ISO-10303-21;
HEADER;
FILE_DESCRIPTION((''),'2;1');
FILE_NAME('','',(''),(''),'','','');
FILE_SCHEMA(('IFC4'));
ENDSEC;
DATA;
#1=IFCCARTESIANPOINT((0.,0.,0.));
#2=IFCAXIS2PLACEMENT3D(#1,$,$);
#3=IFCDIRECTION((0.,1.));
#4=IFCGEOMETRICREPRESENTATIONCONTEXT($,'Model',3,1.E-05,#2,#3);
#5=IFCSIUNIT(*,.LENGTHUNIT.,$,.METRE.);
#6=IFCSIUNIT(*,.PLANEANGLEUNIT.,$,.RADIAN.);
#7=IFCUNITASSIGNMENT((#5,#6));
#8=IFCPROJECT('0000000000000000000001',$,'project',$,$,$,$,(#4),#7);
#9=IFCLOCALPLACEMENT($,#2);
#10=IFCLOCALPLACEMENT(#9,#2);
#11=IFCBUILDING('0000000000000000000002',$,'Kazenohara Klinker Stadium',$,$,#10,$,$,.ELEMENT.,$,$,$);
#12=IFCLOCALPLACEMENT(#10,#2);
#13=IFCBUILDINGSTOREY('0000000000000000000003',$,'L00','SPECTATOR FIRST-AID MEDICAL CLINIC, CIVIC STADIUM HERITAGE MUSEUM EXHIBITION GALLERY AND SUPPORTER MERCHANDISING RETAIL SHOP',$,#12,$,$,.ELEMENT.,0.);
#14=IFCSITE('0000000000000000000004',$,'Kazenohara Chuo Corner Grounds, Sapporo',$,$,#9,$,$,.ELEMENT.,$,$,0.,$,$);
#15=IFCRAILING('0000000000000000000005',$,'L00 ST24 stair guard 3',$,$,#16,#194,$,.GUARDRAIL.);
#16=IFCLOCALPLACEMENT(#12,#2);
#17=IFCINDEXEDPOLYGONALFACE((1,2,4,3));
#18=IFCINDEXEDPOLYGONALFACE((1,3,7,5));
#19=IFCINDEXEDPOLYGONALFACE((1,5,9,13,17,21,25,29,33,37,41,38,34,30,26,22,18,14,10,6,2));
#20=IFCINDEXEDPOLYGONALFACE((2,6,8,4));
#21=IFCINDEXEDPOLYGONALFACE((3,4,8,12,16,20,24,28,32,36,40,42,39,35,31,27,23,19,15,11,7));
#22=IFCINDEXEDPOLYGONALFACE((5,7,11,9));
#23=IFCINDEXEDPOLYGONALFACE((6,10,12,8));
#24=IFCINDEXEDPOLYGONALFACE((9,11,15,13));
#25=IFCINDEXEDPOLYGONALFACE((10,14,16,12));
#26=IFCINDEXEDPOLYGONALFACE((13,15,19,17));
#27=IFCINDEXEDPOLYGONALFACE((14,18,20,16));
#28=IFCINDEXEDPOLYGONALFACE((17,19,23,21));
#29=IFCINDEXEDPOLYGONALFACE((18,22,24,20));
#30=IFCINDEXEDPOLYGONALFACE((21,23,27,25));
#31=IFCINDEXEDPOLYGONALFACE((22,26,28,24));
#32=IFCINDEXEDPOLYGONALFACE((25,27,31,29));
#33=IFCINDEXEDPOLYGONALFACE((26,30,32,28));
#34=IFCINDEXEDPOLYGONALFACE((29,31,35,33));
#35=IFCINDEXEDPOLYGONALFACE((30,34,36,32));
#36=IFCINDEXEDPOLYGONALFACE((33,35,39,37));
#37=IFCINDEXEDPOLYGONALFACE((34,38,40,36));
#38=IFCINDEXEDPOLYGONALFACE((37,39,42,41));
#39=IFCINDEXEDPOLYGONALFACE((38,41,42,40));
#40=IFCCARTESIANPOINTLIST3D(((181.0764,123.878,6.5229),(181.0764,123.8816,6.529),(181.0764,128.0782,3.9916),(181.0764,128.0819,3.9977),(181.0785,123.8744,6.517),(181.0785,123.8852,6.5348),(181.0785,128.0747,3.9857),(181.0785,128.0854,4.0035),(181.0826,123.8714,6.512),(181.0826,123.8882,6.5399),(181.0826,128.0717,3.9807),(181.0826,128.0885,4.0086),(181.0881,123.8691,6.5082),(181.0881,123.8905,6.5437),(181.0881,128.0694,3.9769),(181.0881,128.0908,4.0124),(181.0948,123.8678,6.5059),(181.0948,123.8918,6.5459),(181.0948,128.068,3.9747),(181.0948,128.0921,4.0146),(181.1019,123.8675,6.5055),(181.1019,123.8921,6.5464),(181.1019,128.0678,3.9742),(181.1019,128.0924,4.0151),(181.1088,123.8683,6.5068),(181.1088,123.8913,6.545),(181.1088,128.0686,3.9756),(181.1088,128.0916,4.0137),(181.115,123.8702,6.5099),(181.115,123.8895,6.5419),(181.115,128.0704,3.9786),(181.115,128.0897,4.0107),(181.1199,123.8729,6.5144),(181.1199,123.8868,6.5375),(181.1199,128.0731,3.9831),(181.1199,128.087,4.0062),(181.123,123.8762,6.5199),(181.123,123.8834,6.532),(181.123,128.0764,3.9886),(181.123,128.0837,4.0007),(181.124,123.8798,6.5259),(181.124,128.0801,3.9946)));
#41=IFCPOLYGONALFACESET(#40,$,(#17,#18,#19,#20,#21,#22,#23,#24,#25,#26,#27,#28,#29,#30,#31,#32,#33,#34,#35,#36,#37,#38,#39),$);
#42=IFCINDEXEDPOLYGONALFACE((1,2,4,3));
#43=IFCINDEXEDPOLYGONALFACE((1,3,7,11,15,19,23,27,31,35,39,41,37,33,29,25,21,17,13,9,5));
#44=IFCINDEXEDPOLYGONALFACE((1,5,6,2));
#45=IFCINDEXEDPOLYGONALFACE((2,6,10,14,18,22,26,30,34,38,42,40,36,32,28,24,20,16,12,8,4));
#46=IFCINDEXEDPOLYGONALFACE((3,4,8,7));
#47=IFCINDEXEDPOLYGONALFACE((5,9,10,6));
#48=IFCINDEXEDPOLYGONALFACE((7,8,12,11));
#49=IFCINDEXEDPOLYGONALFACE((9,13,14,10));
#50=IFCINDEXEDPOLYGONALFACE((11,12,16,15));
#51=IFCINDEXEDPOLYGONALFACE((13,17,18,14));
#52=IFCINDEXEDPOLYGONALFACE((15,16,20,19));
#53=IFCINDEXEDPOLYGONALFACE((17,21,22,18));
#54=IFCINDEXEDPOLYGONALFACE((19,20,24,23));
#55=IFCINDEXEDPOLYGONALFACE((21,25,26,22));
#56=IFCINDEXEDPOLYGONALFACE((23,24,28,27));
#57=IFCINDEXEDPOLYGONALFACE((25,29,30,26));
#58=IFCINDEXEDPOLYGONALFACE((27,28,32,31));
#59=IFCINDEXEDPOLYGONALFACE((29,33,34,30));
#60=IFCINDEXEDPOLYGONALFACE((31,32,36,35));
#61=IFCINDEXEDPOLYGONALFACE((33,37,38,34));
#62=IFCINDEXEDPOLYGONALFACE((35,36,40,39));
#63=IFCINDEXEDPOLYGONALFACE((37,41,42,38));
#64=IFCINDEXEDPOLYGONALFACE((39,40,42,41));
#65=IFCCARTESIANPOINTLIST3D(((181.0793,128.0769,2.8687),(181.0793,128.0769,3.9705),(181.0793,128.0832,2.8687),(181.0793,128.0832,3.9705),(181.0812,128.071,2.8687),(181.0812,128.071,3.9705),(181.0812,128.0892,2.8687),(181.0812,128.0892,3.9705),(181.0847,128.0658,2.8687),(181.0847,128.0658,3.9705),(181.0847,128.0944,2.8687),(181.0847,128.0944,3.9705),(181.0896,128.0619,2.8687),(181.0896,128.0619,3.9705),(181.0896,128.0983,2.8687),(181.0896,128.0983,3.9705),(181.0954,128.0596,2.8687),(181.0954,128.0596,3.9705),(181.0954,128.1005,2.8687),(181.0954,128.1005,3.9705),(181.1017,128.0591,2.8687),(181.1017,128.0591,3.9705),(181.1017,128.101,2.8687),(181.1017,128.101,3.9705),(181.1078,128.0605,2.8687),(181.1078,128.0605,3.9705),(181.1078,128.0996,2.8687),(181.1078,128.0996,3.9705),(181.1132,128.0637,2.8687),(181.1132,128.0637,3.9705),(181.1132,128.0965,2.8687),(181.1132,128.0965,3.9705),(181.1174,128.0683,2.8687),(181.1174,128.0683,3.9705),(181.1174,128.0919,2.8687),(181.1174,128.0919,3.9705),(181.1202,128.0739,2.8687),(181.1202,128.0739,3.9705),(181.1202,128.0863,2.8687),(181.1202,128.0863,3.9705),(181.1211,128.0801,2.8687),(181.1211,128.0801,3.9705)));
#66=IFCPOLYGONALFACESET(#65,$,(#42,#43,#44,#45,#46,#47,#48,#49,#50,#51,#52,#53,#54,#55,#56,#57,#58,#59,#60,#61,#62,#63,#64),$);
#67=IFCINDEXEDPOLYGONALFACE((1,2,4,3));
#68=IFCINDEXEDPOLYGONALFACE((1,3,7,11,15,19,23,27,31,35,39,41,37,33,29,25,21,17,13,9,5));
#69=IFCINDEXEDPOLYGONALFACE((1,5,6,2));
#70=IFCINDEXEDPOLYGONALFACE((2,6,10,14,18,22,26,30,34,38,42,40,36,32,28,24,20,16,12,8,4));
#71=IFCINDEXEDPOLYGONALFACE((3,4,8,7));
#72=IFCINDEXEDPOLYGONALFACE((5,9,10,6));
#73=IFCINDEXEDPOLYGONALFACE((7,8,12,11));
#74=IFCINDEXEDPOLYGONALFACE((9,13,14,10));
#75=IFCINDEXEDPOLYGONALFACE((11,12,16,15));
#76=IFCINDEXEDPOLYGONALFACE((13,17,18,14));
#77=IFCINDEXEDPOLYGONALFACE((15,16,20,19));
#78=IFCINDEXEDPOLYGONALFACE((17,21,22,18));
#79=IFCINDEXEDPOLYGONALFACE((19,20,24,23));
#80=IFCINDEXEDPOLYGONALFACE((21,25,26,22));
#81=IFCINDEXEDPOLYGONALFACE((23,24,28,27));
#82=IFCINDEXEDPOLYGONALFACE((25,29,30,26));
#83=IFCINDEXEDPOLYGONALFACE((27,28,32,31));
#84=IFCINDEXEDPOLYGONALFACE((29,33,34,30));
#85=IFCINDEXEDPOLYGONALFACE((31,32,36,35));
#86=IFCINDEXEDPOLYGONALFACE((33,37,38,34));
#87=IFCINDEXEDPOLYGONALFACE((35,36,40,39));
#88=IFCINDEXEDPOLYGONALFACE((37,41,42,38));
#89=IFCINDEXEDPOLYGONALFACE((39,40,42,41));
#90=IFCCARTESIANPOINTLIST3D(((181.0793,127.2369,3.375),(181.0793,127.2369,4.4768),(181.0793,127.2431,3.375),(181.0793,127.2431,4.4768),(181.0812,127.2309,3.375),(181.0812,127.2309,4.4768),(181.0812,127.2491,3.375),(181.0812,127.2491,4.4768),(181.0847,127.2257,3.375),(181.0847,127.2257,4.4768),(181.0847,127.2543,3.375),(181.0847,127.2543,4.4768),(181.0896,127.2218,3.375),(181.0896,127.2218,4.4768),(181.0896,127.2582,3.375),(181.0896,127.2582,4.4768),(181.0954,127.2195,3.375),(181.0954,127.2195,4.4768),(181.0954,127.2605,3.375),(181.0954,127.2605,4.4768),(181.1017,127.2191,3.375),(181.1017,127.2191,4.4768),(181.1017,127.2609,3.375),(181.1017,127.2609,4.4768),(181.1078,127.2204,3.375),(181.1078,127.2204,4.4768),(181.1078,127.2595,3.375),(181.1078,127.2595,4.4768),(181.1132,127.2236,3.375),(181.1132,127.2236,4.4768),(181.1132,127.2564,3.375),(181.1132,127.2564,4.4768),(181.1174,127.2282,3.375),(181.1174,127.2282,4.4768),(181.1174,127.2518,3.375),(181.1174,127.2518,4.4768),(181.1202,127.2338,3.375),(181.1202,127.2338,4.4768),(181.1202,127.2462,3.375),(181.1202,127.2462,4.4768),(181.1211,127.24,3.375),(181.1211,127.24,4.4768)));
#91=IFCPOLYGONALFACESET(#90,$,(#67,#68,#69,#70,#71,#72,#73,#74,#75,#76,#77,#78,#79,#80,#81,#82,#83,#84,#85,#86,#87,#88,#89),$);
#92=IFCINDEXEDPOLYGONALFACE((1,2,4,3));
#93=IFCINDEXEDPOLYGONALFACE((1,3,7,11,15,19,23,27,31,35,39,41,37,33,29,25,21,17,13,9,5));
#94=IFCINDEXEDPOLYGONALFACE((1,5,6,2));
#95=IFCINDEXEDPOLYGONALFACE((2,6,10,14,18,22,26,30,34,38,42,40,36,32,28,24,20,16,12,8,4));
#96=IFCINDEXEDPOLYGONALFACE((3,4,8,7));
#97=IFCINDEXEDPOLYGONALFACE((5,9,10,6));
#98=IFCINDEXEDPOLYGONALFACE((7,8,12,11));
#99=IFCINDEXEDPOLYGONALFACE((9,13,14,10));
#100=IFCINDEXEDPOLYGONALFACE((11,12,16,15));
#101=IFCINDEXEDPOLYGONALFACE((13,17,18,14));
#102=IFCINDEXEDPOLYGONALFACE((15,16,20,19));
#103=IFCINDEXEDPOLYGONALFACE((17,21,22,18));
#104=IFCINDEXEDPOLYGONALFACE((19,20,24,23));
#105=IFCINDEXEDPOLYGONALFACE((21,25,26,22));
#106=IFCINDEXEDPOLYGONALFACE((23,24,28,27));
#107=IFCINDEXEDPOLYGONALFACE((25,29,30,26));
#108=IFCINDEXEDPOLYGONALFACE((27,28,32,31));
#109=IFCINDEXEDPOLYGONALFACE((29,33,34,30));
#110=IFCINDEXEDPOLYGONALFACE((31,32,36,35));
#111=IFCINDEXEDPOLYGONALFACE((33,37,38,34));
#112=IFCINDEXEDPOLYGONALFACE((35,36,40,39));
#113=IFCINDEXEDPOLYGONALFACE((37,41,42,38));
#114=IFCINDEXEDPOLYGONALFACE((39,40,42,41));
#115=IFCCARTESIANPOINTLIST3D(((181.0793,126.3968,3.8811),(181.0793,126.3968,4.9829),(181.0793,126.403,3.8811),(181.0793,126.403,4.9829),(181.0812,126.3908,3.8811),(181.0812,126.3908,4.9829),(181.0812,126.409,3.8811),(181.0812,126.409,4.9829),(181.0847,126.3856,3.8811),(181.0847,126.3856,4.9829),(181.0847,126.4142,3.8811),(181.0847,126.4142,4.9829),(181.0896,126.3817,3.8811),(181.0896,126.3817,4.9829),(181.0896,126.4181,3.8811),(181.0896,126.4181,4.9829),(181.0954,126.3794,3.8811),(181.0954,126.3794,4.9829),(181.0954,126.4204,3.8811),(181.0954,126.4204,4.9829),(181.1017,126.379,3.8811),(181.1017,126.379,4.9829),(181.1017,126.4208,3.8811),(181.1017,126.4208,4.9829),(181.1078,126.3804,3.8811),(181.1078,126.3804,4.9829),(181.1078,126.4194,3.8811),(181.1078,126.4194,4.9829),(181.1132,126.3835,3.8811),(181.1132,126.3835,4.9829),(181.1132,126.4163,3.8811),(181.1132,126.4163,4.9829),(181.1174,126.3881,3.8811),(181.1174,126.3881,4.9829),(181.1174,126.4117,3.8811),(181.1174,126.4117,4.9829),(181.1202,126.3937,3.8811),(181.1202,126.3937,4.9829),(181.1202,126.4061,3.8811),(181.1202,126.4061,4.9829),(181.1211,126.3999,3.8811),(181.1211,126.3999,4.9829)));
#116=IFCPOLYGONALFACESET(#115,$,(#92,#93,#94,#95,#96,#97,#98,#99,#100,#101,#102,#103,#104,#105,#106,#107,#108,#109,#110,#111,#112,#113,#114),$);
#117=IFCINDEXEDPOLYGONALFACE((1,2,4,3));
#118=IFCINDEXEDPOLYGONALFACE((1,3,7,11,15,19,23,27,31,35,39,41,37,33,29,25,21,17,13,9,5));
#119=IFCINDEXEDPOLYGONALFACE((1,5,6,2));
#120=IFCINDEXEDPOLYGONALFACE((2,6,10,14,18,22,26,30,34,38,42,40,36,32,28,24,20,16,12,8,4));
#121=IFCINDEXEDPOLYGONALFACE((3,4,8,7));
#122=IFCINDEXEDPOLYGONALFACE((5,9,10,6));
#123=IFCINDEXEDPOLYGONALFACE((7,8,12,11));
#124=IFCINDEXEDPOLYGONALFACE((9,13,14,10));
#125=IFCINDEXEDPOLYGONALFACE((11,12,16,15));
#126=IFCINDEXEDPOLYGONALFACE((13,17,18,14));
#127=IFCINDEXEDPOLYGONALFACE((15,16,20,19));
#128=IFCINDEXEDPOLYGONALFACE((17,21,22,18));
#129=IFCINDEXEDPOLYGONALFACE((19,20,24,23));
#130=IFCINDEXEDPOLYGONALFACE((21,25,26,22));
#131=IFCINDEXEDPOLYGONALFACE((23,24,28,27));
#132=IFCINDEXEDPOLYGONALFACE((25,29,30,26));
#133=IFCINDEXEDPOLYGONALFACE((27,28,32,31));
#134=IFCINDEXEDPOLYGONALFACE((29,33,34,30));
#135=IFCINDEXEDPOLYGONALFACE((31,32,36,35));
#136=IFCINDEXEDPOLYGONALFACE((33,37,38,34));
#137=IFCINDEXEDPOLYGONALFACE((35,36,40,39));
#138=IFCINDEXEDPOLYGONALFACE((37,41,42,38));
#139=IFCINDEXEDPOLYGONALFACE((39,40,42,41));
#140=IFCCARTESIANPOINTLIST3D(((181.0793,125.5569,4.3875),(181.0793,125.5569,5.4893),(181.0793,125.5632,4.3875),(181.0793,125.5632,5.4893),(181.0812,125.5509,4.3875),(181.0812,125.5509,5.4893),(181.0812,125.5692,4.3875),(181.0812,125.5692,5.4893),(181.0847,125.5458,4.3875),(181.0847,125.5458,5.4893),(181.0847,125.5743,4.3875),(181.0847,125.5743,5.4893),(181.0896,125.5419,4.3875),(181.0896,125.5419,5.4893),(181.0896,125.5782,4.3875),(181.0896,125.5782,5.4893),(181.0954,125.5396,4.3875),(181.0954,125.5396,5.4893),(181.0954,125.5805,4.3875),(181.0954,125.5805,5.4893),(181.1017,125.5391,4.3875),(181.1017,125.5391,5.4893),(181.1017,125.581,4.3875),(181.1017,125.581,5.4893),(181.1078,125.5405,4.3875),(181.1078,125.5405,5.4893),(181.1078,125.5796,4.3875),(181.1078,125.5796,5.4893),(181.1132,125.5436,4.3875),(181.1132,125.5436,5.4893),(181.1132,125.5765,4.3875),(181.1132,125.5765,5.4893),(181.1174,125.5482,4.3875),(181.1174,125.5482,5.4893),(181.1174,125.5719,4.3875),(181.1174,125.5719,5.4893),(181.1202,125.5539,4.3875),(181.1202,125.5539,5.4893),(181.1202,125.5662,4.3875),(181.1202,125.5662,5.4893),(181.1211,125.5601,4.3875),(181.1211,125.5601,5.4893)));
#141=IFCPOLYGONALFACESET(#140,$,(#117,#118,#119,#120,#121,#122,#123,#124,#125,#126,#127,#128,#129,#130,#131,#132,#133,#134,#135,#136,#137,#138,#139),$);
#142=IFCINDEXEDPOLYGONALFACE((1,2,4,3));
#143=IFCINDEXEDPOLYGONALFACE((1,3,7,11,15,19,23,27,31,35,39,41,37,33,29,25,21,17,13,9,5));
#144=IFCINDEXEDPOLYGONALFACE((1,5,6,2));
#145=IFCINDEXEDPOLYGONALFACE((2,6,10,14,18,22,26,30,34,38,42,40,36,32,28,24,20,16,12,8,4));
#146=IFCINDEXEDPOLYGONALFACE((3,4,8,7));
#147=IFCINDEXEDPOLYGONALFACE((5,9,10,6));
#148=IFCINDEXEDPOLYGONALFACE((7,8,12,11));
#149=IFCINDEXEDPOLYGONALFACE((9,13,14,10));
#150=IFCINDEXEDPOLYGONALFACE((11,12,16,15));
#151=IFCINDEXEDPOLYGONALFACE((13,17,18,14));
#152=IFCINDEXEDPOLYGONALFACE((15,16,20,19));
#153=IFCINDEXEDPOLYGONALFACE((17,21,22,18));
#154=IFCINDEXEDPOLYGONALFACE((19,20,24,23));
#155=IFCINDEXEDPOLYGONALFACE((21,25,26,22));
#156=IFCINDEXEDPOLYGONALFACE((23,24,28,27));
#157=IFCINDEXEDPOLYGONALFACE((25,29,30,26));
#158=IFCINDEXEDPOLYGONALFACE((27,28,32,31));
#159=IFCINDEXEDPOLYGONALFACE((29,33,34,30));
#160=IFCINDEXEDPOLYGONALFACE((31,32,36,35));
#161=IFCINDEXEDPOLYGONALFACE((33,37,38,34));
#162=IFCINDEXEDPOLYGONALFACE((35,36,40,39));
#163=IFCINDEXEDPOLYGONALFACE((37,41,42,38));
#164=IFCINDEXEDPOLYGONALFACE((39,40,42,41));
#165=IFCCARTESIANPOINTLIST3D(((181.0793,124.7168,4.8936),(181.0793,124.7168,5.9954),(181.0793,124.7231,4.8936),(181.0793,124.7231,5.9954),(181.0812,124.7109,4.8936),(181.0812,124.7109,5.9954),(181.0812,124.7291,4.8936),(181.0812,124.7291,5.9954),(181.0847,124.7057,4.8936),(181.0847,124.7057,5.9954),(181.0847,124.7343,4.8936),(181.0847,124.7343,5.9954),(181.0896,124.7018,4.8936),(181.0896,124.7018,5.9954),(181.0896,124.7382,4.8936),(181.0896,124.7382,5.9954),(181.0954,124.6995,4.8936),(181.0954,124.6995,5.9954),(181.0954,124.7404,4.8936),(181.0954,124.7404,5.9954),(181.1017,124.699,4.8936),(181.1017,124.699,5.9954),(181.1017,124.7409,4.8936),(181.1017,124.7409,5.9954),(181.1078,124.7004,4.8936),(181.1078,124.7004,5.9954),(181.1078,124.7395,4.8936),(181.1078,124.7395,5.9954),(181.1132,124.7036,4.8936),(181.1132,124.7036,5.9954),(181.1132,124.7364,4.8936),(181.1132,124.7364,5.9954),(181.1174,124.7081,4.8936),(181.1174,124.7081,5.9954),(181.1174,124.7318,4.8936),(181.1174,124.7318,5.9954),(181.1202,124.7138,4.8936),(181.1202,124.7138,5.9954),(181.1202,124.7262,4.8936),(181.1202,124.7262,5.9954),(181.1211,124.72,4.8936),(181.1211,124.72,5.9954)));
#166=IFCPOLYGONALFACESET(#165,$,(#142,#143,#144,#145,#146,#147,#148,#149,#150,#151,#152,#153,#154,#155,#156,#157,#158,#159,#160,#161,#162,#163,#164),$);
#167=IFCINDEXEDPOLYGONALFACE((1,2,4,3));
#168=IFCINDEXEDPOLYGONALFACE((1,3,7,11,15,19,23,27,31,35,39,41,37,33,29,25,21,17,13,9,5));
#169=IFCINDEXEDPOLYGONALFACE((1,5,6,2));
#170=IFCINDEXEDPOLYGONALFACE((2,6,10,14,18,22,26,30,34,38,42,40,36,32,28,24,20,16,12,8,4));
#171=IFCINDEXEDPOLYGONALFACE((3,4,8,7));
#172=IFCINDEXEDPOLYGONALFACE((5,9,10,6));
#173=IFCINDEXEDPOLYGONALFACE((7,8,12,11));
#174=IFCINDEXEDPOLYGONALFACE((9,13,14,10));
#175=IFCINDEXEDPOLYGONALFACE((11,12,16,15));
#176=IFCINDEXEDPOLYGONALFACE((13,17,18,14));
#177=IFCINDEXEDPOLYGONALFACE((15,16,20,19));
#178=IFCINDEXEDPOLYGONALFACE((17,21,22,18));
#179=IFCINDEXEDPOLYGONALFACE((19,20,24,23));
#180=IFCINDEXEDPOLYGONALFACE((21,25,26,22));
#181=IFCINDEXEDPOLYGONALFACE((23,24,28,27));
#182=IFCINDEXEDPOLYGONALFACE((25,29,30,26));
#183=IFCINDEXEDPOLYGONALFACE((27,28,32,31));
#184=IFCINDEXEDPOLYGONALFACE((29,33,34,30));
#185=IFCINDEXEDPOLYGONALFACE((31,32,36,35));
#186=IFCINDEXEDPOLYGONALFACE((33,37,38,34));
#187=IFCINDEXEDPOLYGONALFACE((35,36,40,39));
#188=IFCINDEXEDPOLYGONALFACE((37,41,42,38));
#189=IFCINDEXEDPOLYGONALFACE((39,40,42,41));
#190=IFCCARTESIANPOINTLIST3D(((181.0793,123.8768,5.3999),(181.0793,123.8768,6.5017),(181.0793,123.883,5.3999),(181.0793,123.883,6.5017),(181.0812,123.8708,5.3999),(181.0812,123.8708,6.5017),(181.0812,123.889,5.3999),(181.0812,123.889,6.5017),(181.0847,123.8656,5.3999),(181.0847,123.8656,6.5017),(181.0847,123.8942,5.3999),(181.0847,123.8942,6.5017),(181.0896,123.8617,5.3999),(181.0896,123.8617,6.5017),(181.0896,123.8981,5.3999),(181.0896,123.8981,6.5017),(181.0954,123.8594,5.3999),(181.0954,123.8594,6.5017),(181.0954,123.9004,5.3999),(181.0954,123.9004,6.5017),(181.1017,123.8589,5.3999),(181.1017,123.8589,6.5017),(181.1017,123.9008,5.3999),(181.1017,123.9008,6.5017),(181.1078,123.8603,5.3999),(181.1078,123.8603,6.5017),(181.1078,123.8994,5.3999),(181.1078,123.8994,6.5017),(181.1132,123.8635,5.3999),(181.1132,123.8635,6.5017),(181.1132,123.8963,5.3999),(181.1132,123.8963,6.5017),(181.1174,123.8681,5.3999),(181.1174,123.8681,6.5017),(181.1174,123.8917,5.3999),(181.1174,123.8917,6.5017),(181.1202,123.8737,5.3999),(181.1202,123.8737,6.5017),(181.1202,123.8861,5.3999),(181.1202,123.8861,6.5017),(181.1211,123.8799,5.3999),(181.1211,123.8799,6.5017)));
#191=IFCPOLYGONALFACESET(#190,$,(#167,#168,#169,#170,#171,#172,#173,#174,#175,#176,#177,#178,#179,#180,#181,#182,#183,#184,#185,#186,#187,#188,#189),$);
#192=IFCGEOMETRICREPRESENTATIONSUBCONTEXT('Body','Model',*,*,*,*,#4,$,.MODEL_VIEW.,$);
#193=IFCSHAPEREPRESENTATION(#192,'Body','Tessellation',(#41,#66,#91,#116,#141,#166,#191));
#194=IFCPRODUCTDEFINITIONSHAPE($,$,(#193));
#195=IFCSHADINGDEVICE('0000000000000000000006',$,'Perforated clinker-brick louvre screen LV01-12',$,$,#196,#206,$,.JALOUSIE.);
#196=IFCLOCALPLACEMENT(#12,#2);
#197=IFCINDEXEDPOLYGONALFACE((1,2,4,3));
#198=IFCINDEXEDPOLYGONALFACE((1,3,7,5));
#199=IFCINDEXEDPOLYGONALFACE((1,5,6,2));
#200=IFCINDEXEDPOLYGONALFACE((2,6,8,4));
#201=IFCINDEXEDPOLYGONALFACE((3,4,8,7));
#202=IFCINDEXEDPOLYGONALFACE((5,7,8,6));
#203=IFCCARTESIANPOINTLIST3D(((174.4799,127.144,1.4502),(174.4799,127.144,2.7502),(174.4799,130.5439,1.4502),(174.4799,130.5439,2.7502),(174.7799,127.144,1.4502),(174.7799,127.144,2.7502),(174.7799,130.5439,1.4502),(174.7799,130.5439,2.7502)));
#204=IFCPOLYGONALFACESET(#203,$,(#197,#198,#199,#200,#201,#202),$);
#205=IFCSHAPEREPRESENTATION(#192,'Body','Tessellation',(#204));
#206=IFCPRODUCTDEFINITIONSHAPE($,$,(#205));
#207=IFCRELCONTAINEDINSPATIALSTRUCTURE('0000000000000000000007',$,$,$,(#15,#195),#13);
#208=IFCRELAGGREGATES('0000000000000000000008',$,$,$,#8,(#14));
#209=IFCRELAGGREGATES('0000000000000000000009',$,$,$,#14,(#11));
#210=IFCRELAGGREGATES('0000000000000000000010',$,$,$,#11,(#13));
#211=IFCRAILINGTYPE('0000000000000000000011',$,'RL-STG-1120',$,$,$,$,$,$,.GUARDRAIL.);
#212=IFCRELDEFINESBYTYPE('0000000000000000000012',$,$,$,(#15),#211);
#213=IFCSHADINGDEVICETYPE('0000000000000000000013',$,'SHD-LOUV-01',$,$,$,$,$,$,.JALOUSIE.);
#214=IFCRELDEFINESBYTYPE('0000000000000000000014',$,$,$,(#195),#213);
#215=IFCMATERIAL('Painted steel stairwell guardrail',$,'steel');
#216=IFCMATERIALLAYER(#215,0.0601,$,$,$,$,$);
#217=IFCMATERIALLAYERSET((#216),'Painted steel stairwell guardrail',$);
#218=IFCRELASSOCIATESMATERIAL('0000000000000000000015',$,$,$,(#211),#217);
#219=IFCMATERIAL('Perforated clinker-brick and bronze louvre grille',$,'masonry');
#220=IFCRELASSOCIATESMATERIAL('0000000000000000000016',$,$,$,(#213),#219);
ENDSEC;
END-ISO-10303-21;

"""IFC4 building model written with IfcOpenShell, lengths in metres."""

from ifc_helpers import new_model, si_unit, direction, frame, origin, origin_2d, place, context, subcontext, project, spatial, rectangle, circle, extrude, material, layer, layer_set, type_object, element, save


model = new_model("IFC4")

# Units and contexts
model_context = context("Model", 3, precision=1e-05, world=origin(), true_north=direction((0.0, 1.0)))
body_context = subcontext(model_context, "Body", "Model", "MODEL_VIEW")
ifc_project = project(units=[si_unit("LENGTHUNIT", "METRE"), si_unit("PLANEANGLEUNIT", "RADIAN")], contexts=[model_context])

# Site, building, storey
site_placement = place(None, origin())
site = spatial("IfcSite", under=ifc_project, at=site_placement, Name="Kazenohara Chuo Corner Grounds, Sapporo", CompositionType="ELEMENT", RefElevation=0.0)
building_placement = place(site_placement, origin())
building = spatial("IfcBuilding", under=site, at=building_placement, Name="Kazenohara Klinker Stadium", CompositionType="ELEMENT")
storey_placement = place(building_placement, origin())
storey = spatial("IfcBuildingStorey", under=building, at=storey_placement, Name="L00", Description="SPECTATOR FIRST-AID MEDICAL CLINIC, CIVIC STADIUM HERITAGE MUSEUM EXHIBITION GALLERY AND SUPPORTER MERCHANDISING RETAIL SHOP", CompositionType="ELEMENT", Elevation=0.0)

# Railing
ifc_material_1 = material(Name="Painted steel stairwell guardrail", Category="steel")
ifc_layer_1 = layer(ifc_material_1, 0.0601)
ifc_layer_set_1 = layer_set([ifc_layer_1], Name="Painted steel stairwell guardrail")
railing_type_1 = type_object("IfcRailingType", Name="RL-STG-1120", PredefinedType="GUARDRAIL", material=ifc_layer_set_1)
railing_1_placement = place(storey_placement, frame((181.1001, 128.0801, 2.8687)))
element("IfcRailing", 1, at=railing_1_placement, inside=storey, type_object=railing_type_1, Name="L00 ST24 stair guard 3", PredefinedType="GUARDRAIL", context=body_context, shape_type="SweptSolid", body=[
    extrude(circle(Radius=0.0239, at=origin_2d()), frame((0.0, 0.0, 1.126), z_axis=(0.0, -0.85649, 0.516164), x_axis=(1.0, 0.0, 0.0)), (0.0, 0.0, 1.0), 4.9041),
    extrude(circle(Radius=0.021, at=origin_2d()), origin(), (0.0, 0.0, 1.0), 1.1018),
    extrude(circle(Radius=0.021, at=origin_2d()), frame((0.0, -0.8401, 0.5063)), (0.0, 0.0, 1.0), 1.1018),
    extrude(circle(Radius=0.021, at=origin_2d()), frame((0.0, -1.6802, 1.0125)), (0.0, 0.0, 1.0), 1.1018),
    extrude(circle(Radius=0.021, at=origin_2d()), frame((0.0, -2.52, 1.5188)), (0.0, 0.0, 1.0), 1.1018),
    extrude(circle(Radius=0.021, at=origin_2d()), frame((0.0, -3.3601, 2.0249)), (0.0, 0.0, 1.0), 1.1018),
    extrude(circle(Radius=0.021, at=origin_2d()), frame((0.0, -4.2002, 2.5312)), (0.0, 0.0, 1.0), 1.1018),
])

# Shading device
ifc_material_2 = material(Name="Perforated clinker-brick and bronze louvre grille", Category="masonry")
shading_device_type = type_object("IfcShadingDeviceType", Name="SHD-LOUV-01", PredefinedType="JALOUSIE", material=ifc_material_2)
shading_device_placement = place(storey_placement, frame((174.6299, 128.844, 1.4502), z_axis=(0.0, 0.0, 1.0), x_axis=(0.0, 1.0, 0.0)))
element("IfcShadingDevice", 2, at=shading_device_placement, inside=storey, type_object=shading_device_type, Name="Perforated clinker-brick louvre screen LV01-12", PredefinedType="JALOUSIE", context=body_context, shape_type="SweptSolid", body=[
    extrude(rectangle(XDim=3.3999, YDim=0.3, at=origin_2d()), origin(), (0.0, 0.0, 1.0), 1.3),
])

save(model, "model.ifc")
